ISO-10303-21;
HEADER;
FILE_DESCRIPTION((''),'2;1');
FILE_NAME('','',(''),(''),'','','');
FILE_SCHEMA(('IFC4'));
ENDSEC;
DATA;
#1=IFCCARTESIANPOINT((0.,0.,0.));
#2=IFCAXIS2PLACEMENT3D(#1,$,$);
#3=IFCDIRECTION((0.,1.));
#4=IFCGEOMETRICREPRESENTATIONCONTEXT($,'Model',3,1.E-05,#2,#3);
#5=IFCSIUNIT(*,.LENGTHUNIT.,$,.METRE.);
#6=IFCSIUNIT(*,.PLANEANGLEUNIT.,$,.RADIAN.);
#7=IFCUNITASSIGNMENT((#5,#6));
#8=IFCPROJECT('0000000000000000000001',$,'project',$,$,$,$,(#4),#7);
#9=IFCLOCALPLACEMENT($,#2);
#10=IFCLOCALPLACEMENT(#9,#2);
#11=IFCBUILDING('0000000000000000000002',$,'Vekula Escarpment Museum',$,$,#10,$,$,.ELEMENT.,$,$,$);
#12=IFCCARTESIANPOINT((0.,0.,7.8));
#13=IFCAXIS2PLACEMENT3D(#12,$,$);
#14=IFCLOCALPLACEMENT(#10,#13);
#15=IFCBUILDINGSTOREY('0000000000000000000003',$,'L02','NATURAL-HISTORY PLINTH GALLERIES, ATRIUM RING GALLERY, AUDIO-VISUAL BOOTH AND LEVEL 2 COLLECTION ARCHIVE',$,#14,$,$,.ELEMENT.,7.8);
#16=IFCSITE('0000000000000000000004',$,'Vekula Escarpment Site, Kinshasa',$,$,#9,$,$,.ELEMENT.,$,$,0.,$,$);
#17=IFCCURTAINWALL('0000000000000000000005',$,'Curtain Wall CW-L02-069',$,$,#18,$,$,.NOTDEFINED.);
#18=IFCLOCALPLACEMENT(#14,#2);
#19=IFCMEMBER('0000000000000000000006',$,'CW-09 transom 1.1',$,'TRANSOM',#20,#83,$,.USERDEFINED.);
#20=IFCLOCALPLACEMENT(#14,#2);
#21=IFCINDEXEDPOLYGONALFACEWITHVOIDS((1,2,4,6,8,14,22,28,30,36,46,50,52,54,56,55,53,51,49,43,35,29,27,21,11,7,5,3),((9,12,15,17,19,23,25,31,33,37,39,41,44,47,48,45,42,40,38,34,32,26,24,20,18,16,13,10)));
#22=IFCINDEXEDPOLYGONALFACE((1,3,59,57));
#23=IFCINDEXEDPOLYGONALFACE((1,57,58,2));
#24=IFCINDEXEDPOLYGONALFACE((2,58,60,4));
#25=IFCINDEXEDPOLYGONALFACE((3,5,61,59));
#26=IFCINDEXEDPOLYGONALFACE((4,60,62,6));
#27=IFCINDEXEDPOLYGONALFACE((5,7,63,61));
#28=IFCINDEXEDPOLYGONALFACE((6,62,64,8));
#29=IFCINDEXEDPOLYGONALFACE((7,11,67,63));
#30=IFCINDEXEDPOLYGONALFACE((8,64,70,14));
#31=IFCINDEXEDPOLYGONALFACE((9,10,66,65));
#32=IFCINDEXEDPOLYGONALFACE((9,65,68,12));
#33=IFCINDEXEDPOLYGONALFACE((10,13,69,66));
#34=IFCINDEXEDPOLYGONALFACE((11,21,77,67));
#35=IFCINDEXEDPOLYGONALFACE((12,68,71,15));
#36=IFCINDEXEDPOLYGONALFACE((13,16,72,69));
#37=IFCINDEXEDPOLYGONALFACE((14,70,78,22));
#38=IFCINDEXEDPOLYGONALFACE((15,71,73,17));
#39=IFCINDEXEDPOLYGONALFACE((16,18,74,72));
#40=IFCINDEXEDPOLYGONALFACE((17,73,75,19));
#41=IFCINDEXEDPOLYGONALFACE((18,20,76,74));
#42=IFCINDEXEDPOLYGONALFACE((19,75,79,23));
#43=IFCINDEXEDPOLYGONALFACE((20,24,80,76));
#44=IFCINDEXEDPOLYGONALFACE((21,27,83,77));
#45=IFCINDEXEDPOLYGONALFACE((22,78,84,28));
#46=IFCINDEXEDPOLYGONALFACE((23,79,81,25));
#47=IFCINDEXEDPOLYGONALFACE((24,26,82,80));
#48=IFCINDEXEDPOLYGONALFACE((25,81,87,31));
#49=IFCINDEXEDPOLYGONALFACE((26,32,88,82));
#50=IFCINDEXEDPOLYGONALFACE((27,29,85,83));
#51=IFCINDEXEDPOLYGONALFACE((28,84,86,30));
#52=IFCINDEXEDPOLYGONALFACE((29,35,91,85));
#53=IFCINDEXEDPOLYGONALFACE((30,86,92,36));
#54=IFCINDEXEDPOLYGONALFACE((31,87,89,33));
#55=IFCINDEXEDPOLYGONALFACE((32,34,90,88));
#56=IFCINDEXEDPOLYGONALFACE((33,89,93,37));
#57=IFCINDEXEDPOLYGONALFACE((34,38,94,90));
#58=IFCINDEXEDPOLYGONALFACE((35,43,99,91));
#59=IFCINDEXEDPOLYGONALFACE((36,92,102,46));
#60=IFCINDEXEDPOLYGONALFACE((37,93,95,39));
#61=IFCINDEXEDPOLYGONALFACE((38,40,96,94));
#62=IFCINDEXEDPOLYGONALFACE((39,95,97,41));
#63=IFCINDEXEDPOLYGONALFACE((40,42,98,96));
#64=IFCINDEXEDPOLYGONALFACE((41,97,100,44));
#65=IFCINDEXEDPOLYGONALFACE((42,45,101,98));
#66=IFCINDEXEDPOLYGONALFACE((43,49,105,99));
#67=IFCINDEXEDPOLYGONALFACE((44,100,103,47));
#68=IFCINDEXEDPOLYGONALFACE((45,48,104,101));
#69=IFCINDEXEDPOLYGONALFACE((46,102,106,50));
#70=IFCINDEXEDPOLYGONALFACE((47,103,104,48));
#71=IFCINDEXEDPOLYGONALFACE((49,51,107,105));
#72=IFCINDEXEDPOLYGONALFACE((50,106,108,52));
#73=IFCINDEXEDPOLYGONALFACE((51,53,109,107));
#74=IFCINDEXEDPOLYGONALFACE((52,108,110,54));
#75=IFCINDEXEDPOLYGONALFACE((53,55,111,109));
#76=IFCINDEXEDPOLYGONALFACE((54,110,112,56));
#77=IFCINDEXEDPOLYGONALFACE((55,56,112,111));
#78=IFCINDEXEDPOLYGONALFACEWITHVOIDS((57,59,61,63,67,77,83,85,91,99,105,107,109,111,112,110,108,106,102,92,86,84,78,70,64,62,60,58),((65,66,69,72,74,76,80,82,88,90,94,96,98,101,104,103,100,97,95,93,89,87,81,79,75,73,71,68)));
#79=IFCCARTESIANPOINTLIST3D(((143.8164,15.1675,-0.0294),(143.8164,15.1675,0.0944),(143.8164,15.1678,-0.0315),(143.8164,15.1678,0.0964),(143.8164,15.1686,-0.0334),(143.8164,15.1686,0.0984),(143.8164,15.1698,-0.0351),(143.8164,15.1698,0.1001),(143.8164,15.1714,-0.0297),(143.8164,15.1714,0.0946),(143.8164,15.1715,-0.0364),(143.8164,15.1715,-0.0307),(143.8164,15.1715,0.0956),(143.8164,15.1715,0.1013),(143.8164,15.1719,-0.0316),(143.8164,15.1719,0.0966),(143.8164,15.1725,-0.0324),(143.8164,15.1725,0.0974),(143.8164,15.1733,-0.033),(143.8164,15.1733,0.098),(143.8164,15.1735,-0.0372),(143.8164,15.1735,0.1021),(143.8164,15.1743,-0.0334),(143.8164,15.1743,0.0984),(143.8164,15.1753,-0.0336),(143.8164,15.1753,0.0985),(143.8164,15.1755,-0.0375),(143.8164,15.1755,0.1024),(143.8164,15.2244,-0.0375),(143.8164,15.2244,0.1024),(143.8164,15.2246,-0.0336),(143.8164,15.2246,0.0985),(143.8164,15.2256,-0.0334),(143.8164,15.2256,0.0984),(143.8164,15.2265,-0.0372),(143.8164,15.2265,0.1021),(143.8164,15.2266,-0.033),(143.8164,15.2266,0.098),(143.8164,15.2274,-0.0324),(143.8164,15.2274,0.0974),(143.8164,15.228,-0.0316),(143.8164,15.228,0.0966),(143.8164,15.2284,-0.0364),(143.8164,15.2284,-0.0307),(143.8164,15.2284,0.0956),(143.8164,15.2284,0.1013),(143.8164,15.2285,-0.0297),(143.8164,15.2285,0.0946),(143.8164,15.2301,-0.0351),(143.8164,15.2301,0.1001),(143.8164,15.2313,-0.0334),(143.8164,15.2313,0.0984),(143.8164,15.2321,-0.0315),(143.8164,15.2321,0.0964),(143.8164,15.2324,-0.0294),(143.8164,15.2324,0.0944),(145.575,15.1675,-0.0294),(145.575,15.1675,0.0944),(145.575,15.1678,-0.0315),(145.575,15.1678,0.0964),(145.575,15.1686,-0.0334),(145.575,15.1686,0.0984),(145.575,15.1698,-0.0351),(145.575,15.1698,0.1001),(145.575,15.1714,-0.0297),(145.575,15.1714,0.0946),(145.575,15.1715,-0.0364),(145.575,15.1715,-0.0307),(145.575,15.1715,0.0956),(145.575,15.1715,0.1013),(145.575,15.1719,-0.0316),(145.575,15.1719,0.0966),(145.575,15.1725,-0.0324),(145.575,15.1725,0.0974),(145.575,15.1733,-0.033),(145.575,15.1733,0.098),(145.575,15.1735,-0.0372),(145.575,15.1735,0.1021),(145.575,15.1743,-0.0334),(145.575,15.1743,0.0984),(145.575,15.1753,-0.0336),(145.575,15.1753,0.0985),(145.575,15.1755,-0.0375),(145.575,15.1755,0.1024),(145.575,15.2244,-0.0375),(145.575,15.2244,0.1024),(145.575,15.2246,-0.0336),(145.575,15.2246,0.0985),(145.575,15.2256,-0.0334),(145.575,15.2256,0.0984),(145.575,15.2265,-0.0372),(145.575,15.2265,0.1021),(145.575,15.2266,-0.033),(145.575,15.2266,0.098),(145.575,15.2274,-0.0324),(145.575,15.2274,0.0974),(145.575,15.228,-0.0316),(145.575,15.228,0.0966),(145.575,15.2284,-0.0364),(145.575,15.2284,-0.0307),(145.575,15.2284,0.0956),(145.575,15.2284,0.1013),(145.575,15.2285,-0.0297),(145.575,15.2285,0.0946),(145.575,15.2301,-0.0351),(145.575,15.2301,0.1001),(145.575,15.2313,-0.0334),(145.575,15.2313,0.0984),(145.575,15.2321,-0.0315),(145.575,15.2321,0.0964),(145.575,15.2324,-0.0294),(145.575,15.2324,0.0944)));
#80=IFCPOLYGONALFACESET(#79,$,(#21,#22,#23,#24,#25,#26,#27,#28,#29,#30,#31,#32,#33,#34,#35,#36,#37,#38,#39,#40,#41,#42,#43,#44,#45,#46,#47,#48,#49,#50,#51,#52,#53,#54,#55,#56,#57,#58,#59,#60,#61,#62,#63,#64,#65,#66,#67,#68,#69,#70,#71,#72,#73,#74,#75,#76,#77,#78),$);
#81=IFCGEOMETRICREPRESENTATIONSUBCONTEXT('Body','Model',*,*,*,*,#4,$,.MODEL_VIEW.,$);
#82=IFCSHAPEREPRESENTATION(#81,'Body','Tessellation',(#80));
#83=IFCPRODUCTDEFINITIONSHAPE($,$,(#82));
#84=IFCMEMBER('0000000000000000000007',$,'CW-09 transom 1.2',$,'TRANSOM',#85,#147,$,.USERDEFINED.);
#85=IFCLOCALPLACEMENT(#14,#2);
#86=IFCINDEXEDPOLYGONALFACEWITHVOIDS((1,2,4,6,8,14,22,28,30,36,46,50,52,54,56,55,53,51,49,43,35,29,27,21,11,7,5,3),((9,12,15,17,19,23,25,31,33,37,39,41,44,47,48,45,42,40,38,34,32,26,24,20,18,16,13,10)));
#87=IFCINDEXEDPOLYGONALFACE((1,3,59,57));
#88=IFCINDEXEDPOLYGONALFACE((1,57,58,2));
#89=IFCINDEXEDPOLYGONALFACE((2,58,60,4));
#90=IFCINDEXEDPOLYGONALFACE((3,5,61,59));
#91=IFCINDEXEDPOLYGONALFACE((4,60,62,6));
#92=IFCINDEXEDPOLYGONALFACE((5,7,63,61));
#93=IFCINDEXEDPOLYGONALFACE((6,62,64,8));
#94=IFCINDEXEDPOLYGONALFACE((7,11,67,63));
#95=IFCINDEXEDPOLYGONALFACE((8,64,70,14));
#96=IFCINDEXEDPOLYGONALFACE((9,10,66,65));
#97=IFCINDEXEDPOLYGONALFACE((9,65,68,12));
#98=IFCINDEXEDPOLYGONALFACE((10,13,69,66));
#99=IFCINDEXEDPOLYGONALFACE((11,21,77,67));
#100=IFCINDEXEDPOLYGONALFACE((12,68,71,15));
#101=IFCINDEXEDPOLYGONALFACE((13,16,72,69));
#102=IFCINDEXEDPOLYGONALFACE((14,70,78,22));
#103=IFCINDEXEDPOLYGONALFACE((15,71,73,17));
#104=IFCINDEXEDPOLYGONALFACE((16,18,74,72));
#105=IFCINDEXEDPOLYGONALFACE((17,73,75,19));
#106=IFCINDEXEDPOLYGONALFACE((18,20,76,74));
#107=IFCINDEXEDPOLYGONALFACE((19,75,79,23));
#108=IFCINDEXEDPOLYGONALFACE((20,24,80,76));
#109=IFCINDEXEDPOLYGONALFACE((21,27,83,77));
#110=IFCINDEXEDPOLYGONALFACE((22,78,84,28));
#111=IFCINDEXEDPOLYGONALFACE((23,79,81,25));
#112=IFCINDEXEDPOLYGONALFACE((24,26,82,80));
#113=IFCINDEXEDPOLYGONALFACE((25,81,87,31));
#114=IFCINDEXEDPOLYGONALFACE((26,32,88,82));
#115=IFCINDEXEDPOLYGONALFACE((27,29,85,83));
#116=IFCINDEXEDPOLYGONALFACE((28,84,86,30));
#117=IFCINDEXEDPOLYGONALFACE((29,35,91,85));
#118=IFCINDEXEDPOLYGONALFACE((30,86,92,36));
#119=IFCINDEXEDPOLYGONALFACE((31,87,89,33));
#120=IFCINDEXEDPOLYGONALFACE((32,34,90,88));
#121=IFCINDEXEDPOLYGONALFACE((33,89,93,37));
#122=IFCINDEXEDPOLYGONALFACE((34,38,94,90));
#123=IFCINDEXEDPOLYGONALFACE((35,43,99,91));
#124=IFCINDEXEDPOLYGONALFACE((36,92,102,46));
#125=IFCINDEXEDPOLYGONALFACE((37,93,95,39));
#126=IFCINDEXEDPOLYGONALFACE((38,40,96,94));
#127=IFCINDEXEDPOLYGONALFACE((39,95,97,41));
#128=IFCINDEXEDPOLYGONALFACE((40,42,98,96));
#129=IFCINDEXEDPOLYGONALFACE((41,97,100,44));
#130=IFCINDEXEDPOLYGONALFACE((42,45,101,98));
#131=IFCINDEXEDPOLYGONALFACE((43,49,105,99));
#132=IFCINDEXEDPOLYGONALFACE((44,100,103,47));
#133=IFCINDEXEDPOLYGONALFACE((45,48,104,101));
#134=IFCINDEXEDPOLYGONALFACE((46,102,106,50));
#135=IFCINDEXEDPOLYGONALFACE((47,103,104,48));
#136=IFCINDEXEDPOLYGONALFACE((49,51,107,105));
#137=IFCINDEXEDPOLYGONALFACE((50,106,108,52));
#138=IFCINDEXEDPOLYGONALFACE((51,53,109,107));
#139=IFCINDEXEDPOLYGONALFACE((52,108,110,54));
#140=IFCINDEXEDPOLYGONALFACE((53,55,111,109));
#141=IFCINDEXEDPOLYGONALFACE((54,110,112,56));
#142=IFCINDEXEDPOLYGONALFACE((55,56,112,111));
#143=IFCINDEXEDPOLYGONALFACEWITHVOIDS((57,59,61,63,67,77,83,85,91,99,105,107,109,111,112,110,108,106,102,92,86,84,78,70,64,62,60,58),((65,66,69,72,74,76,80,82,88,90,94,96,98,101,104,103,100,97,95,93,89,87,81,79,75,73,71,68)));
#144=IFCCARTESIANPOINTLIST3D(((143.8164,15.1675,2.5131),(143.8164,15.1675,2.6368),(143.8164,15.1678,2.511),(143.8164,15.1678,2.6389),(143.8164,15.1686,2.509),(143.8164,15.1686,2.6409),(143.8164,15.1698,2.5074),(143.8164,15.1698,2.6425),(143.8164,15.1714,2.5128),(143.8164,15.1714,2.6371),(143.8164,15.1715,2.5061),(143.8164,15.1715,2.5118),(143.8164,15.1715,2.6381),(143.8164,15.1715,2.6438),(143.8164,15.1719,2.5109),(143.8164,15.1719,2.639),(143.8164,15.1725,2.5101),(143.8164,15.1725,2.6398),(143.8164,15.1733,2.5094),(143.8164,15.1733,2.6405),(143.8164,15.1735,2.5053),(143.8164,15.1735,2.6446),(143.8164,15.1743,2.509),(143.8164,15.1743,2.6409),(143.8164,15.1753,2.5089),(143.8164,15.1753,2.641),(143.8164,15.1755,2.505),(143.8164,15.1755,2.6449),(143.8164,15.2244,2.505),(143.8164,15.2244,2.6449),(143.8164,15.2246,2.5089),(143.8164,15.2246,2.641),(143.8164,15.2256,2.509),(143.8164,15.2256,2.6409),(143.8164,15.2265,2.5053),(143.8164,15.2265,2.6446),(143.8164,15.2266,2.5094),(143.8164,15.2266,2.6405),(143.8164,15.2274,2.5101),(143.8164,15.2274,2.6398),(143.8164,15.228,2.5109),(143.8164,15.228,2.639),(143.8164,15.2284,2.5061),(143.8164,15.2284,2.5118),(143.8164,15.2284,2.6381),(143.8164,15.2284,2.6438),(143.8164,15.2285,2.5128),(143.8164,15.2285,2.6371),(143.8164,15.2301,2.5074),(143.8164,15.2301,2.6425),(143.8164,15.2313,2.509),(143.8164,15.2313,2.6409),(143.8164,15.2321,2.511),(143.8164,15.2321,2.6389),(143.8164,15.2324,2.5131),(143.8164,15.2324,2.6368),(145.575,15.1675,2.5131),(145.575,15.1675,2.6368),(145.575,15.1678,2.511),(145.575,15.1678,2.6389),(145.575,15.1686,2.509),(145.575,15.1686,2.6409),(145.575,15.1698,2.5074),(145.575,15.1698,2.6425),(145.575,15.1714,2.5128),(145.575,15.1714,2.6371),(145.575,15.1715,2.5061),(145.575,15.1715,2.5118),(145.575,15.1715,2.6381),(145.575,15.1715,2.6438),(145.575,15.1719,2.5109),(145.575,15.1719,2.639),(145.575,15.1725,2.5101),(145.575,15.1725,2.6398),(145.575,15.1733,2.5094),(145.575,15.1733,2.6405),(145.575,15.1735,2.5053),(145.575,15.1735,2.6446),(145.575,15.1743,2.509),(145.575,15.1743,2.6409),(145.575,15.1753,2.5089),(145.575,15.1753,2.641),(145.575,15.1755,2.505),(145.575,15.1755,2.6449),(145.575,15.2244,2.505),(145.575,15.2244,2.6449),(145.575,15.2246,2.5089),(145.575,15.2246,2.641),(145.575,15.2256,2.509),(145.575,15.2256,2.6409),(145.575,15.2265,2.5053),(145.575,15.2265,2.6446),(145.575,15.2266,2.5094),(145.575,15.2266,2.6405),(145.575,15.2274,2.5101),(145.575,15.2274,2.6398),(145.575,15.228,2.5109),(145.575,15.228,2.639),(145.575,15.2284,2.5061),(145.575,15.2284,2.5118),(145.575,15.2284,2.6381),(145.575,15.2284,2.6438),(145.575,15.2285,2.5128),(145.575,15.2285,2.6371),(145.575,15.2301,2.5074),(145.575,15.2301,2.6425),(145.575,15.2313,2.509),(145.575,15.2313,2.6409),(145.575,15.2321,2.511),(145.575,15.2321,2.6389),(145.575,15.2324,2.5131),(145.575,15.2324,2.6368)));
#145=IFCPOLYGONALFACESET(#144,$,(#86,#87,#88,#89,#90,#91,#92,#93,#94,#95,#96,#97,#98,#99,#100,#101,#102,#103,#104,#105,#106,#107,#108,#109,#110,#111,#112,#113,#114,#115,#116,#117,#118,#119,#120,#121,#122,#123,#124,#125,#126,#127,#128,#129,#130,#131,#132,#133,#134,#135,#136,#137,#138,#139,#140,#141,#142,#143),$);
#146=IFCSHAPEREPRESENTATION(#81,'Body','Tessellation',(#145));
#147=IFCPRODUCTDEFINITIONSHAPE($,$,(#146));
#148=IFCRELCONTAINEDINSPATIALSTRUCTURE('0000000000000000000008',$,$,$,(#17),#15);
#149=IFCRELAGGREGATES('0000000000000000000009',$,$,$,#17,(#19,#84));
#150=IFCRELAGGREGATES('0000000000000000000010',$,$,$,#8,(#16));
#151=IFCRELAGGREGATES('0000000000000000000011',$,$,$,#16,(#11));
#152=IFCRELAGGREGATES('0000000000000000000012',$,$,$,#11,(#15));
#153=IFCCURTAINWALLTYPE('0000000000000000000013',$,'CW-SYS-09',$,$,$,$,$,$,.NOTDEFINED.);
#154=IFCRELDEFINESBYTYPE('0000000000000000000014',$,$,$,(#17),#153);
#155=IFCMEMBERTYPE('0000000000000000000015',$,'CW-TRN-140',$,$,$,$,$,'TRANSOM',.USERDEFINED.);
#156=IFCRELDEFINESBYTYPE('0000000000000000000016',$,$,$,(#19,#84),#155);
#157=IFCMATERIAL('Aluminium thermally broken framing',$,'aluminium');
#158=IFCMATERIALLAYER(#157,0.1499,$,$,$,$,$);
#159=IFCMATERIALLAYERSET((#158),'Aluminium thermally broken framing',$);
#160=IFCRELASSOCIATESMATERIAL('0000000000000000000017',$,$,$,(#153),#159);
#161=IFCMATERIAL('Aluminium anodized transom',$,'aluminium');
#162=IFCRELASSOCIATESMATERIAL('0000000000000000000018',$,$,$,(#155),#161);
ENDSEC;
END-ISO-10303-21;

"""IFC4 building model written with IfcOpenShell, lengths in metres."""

from ifc_helpers import new_model, si_unit, direction, frame, origin, origin_2d, place, context, subcontext, project, spatial, hollow_rectangle, extrude, material, layer, layer_set, material_profile, profile_set, type_object, element, aggregate, save


model = new_model("IFC4")

# Units and contexts
model_context = context("Model", 3, precision=1e-05, world=origin(), true_north=direction((0.0, 1.0)))
body_context = subcontext(model_context, "Body", "Model", "MODEL_VIEW")
ifc_project = project(units=[si_unit("LENGTHUNIT", "METRE"), si_unit("PLANEANGLEUNIT", "RADIAN")], contexts=[model_context])

# Site, building, storey
site_placement = place(None, origin())
site = spatial("IfcSite", under=ifc_project, at=site_placement, Name="Vekula Escarpment Site, Kinshasa", CompositionType="ELEMENT", RefElevation=0.0)
building_placement = place(site_placement, origin())
building = spatial("IfcBuilding", under=site, at=building_placement, Name="Vekula Escarpment Museum", CompositionType="ELEMENT")
storey_placement = place(building_placement, frame((0.0, 0.0, 7.8)))
storey = spatial("IfcBuildingStorey", under=building, at=storey_placement, Name="L02", Description="NATURAL-HISTORY PLINTH GALLERIES, ATRIUM RING GALLERY, AUDIO-VISUAL BOOTH AND LEVEL 2 COLLECTION ARCHIVE", CompositionType="ELEMENT", Elevation=7.8)

# Curtain wall, members
ifc_material_1 = material(Name="Aluminium thermally broken framing", Category="aluminium")
ifc_layer_1 = layer(ifc_material_1, 0.1499)
ifc_layer_set_1 = layer_set([ifc_layer_1], Name="Aluminium thermally broken framing")
curtain_wall_type = type_object("IfcCurtainWallType", Name="CW-SYS-09", PredefinedType="NOTDEFINED", material=ifc_layer_set_1)
curtain_wall_placement = place(storey_placement, origin())
curtain_wall = element("IfcCurtainWall", 1, at=curtain_wall_placement, inside=storey, type_object=curtain_wall_type, Name="Curtain Wall CW-L02-069", PredefinedType="NOTDEFINED")
ifc_material_2 = material(Name="Aluminium anodized transom", Category="aluminium")
ifc_material_profile_1 = material_profile(ifc_material_2, hollow_rectangle(XDim=0.0649, YDim=0.1399, WallThickness=0.0039, InnerFilletRadius=0.0039, OuterFilletRadius=0.0081, at=origin_2d()), Name="ALU 140x65x4")
ifc_profile_set_1 = profile_set([ifc_material_profile_1], Name="Aluminium anodized transom")
member_type_1 = type_object("IfcMemberType", Name="CW-TRN-140", ElementType="TRANSOM", PredefinedType="USERDEFINED", material=ifc_profile_set_1)
member_1_placement = place(storey_placement, frame((145.575, 15.2, 0.0325), z_axis=(-1.0, 0.0, 0.0), x_axis=(0.0, -1.0, 0.0)))
member_1 = element("IfcMember", 2, at=member_1_placement, type_object=member_type_1, Name="CW-09 transom 1.1", ObjectType="TRANSOM", PredefinedType="USERDEFINED", context=body_context, shape_type="SweptSolid", body=[
    extrude(hollow_rectangle(XDim=0.0649, YDim=0.1399, WallThickness=0.0039, InnerFilletRadius=0.0039, OuterFilletRadius=0.0081, at=origin_2d()), origin(), (0.0, 0.0, 1.0), 1.7585),
])
member_2_placement = place(storey_placement, frame((145.575, 15.2, 2.575), z_axis=(-1.0, 0.0, 0.0), x_axis=(0.0, -1.0, 0.0)))
member_2 = element("IfcMember", 3, at=member_2_placement, type_object=member_type_1, Name="CW-09 transom 1.2", ObjectType="TRANSOM", PredefinedType="USERDEFINED", context=body_context, shape_type="SweptSolid", body=[
    extrude(hollow_rectangle(XDim=0.0649, YDim=0.1399, WallThickness=0.0039, InnerFilletRadius=0.0039, OuterFilletRadius=0.0081, at=origin_2d()), origin(), (0.0, 0.0, 1.0), 1.7585),
])
aggregate(curtain_wall, [member_1, member_2])

save(model, "model.ifc")
